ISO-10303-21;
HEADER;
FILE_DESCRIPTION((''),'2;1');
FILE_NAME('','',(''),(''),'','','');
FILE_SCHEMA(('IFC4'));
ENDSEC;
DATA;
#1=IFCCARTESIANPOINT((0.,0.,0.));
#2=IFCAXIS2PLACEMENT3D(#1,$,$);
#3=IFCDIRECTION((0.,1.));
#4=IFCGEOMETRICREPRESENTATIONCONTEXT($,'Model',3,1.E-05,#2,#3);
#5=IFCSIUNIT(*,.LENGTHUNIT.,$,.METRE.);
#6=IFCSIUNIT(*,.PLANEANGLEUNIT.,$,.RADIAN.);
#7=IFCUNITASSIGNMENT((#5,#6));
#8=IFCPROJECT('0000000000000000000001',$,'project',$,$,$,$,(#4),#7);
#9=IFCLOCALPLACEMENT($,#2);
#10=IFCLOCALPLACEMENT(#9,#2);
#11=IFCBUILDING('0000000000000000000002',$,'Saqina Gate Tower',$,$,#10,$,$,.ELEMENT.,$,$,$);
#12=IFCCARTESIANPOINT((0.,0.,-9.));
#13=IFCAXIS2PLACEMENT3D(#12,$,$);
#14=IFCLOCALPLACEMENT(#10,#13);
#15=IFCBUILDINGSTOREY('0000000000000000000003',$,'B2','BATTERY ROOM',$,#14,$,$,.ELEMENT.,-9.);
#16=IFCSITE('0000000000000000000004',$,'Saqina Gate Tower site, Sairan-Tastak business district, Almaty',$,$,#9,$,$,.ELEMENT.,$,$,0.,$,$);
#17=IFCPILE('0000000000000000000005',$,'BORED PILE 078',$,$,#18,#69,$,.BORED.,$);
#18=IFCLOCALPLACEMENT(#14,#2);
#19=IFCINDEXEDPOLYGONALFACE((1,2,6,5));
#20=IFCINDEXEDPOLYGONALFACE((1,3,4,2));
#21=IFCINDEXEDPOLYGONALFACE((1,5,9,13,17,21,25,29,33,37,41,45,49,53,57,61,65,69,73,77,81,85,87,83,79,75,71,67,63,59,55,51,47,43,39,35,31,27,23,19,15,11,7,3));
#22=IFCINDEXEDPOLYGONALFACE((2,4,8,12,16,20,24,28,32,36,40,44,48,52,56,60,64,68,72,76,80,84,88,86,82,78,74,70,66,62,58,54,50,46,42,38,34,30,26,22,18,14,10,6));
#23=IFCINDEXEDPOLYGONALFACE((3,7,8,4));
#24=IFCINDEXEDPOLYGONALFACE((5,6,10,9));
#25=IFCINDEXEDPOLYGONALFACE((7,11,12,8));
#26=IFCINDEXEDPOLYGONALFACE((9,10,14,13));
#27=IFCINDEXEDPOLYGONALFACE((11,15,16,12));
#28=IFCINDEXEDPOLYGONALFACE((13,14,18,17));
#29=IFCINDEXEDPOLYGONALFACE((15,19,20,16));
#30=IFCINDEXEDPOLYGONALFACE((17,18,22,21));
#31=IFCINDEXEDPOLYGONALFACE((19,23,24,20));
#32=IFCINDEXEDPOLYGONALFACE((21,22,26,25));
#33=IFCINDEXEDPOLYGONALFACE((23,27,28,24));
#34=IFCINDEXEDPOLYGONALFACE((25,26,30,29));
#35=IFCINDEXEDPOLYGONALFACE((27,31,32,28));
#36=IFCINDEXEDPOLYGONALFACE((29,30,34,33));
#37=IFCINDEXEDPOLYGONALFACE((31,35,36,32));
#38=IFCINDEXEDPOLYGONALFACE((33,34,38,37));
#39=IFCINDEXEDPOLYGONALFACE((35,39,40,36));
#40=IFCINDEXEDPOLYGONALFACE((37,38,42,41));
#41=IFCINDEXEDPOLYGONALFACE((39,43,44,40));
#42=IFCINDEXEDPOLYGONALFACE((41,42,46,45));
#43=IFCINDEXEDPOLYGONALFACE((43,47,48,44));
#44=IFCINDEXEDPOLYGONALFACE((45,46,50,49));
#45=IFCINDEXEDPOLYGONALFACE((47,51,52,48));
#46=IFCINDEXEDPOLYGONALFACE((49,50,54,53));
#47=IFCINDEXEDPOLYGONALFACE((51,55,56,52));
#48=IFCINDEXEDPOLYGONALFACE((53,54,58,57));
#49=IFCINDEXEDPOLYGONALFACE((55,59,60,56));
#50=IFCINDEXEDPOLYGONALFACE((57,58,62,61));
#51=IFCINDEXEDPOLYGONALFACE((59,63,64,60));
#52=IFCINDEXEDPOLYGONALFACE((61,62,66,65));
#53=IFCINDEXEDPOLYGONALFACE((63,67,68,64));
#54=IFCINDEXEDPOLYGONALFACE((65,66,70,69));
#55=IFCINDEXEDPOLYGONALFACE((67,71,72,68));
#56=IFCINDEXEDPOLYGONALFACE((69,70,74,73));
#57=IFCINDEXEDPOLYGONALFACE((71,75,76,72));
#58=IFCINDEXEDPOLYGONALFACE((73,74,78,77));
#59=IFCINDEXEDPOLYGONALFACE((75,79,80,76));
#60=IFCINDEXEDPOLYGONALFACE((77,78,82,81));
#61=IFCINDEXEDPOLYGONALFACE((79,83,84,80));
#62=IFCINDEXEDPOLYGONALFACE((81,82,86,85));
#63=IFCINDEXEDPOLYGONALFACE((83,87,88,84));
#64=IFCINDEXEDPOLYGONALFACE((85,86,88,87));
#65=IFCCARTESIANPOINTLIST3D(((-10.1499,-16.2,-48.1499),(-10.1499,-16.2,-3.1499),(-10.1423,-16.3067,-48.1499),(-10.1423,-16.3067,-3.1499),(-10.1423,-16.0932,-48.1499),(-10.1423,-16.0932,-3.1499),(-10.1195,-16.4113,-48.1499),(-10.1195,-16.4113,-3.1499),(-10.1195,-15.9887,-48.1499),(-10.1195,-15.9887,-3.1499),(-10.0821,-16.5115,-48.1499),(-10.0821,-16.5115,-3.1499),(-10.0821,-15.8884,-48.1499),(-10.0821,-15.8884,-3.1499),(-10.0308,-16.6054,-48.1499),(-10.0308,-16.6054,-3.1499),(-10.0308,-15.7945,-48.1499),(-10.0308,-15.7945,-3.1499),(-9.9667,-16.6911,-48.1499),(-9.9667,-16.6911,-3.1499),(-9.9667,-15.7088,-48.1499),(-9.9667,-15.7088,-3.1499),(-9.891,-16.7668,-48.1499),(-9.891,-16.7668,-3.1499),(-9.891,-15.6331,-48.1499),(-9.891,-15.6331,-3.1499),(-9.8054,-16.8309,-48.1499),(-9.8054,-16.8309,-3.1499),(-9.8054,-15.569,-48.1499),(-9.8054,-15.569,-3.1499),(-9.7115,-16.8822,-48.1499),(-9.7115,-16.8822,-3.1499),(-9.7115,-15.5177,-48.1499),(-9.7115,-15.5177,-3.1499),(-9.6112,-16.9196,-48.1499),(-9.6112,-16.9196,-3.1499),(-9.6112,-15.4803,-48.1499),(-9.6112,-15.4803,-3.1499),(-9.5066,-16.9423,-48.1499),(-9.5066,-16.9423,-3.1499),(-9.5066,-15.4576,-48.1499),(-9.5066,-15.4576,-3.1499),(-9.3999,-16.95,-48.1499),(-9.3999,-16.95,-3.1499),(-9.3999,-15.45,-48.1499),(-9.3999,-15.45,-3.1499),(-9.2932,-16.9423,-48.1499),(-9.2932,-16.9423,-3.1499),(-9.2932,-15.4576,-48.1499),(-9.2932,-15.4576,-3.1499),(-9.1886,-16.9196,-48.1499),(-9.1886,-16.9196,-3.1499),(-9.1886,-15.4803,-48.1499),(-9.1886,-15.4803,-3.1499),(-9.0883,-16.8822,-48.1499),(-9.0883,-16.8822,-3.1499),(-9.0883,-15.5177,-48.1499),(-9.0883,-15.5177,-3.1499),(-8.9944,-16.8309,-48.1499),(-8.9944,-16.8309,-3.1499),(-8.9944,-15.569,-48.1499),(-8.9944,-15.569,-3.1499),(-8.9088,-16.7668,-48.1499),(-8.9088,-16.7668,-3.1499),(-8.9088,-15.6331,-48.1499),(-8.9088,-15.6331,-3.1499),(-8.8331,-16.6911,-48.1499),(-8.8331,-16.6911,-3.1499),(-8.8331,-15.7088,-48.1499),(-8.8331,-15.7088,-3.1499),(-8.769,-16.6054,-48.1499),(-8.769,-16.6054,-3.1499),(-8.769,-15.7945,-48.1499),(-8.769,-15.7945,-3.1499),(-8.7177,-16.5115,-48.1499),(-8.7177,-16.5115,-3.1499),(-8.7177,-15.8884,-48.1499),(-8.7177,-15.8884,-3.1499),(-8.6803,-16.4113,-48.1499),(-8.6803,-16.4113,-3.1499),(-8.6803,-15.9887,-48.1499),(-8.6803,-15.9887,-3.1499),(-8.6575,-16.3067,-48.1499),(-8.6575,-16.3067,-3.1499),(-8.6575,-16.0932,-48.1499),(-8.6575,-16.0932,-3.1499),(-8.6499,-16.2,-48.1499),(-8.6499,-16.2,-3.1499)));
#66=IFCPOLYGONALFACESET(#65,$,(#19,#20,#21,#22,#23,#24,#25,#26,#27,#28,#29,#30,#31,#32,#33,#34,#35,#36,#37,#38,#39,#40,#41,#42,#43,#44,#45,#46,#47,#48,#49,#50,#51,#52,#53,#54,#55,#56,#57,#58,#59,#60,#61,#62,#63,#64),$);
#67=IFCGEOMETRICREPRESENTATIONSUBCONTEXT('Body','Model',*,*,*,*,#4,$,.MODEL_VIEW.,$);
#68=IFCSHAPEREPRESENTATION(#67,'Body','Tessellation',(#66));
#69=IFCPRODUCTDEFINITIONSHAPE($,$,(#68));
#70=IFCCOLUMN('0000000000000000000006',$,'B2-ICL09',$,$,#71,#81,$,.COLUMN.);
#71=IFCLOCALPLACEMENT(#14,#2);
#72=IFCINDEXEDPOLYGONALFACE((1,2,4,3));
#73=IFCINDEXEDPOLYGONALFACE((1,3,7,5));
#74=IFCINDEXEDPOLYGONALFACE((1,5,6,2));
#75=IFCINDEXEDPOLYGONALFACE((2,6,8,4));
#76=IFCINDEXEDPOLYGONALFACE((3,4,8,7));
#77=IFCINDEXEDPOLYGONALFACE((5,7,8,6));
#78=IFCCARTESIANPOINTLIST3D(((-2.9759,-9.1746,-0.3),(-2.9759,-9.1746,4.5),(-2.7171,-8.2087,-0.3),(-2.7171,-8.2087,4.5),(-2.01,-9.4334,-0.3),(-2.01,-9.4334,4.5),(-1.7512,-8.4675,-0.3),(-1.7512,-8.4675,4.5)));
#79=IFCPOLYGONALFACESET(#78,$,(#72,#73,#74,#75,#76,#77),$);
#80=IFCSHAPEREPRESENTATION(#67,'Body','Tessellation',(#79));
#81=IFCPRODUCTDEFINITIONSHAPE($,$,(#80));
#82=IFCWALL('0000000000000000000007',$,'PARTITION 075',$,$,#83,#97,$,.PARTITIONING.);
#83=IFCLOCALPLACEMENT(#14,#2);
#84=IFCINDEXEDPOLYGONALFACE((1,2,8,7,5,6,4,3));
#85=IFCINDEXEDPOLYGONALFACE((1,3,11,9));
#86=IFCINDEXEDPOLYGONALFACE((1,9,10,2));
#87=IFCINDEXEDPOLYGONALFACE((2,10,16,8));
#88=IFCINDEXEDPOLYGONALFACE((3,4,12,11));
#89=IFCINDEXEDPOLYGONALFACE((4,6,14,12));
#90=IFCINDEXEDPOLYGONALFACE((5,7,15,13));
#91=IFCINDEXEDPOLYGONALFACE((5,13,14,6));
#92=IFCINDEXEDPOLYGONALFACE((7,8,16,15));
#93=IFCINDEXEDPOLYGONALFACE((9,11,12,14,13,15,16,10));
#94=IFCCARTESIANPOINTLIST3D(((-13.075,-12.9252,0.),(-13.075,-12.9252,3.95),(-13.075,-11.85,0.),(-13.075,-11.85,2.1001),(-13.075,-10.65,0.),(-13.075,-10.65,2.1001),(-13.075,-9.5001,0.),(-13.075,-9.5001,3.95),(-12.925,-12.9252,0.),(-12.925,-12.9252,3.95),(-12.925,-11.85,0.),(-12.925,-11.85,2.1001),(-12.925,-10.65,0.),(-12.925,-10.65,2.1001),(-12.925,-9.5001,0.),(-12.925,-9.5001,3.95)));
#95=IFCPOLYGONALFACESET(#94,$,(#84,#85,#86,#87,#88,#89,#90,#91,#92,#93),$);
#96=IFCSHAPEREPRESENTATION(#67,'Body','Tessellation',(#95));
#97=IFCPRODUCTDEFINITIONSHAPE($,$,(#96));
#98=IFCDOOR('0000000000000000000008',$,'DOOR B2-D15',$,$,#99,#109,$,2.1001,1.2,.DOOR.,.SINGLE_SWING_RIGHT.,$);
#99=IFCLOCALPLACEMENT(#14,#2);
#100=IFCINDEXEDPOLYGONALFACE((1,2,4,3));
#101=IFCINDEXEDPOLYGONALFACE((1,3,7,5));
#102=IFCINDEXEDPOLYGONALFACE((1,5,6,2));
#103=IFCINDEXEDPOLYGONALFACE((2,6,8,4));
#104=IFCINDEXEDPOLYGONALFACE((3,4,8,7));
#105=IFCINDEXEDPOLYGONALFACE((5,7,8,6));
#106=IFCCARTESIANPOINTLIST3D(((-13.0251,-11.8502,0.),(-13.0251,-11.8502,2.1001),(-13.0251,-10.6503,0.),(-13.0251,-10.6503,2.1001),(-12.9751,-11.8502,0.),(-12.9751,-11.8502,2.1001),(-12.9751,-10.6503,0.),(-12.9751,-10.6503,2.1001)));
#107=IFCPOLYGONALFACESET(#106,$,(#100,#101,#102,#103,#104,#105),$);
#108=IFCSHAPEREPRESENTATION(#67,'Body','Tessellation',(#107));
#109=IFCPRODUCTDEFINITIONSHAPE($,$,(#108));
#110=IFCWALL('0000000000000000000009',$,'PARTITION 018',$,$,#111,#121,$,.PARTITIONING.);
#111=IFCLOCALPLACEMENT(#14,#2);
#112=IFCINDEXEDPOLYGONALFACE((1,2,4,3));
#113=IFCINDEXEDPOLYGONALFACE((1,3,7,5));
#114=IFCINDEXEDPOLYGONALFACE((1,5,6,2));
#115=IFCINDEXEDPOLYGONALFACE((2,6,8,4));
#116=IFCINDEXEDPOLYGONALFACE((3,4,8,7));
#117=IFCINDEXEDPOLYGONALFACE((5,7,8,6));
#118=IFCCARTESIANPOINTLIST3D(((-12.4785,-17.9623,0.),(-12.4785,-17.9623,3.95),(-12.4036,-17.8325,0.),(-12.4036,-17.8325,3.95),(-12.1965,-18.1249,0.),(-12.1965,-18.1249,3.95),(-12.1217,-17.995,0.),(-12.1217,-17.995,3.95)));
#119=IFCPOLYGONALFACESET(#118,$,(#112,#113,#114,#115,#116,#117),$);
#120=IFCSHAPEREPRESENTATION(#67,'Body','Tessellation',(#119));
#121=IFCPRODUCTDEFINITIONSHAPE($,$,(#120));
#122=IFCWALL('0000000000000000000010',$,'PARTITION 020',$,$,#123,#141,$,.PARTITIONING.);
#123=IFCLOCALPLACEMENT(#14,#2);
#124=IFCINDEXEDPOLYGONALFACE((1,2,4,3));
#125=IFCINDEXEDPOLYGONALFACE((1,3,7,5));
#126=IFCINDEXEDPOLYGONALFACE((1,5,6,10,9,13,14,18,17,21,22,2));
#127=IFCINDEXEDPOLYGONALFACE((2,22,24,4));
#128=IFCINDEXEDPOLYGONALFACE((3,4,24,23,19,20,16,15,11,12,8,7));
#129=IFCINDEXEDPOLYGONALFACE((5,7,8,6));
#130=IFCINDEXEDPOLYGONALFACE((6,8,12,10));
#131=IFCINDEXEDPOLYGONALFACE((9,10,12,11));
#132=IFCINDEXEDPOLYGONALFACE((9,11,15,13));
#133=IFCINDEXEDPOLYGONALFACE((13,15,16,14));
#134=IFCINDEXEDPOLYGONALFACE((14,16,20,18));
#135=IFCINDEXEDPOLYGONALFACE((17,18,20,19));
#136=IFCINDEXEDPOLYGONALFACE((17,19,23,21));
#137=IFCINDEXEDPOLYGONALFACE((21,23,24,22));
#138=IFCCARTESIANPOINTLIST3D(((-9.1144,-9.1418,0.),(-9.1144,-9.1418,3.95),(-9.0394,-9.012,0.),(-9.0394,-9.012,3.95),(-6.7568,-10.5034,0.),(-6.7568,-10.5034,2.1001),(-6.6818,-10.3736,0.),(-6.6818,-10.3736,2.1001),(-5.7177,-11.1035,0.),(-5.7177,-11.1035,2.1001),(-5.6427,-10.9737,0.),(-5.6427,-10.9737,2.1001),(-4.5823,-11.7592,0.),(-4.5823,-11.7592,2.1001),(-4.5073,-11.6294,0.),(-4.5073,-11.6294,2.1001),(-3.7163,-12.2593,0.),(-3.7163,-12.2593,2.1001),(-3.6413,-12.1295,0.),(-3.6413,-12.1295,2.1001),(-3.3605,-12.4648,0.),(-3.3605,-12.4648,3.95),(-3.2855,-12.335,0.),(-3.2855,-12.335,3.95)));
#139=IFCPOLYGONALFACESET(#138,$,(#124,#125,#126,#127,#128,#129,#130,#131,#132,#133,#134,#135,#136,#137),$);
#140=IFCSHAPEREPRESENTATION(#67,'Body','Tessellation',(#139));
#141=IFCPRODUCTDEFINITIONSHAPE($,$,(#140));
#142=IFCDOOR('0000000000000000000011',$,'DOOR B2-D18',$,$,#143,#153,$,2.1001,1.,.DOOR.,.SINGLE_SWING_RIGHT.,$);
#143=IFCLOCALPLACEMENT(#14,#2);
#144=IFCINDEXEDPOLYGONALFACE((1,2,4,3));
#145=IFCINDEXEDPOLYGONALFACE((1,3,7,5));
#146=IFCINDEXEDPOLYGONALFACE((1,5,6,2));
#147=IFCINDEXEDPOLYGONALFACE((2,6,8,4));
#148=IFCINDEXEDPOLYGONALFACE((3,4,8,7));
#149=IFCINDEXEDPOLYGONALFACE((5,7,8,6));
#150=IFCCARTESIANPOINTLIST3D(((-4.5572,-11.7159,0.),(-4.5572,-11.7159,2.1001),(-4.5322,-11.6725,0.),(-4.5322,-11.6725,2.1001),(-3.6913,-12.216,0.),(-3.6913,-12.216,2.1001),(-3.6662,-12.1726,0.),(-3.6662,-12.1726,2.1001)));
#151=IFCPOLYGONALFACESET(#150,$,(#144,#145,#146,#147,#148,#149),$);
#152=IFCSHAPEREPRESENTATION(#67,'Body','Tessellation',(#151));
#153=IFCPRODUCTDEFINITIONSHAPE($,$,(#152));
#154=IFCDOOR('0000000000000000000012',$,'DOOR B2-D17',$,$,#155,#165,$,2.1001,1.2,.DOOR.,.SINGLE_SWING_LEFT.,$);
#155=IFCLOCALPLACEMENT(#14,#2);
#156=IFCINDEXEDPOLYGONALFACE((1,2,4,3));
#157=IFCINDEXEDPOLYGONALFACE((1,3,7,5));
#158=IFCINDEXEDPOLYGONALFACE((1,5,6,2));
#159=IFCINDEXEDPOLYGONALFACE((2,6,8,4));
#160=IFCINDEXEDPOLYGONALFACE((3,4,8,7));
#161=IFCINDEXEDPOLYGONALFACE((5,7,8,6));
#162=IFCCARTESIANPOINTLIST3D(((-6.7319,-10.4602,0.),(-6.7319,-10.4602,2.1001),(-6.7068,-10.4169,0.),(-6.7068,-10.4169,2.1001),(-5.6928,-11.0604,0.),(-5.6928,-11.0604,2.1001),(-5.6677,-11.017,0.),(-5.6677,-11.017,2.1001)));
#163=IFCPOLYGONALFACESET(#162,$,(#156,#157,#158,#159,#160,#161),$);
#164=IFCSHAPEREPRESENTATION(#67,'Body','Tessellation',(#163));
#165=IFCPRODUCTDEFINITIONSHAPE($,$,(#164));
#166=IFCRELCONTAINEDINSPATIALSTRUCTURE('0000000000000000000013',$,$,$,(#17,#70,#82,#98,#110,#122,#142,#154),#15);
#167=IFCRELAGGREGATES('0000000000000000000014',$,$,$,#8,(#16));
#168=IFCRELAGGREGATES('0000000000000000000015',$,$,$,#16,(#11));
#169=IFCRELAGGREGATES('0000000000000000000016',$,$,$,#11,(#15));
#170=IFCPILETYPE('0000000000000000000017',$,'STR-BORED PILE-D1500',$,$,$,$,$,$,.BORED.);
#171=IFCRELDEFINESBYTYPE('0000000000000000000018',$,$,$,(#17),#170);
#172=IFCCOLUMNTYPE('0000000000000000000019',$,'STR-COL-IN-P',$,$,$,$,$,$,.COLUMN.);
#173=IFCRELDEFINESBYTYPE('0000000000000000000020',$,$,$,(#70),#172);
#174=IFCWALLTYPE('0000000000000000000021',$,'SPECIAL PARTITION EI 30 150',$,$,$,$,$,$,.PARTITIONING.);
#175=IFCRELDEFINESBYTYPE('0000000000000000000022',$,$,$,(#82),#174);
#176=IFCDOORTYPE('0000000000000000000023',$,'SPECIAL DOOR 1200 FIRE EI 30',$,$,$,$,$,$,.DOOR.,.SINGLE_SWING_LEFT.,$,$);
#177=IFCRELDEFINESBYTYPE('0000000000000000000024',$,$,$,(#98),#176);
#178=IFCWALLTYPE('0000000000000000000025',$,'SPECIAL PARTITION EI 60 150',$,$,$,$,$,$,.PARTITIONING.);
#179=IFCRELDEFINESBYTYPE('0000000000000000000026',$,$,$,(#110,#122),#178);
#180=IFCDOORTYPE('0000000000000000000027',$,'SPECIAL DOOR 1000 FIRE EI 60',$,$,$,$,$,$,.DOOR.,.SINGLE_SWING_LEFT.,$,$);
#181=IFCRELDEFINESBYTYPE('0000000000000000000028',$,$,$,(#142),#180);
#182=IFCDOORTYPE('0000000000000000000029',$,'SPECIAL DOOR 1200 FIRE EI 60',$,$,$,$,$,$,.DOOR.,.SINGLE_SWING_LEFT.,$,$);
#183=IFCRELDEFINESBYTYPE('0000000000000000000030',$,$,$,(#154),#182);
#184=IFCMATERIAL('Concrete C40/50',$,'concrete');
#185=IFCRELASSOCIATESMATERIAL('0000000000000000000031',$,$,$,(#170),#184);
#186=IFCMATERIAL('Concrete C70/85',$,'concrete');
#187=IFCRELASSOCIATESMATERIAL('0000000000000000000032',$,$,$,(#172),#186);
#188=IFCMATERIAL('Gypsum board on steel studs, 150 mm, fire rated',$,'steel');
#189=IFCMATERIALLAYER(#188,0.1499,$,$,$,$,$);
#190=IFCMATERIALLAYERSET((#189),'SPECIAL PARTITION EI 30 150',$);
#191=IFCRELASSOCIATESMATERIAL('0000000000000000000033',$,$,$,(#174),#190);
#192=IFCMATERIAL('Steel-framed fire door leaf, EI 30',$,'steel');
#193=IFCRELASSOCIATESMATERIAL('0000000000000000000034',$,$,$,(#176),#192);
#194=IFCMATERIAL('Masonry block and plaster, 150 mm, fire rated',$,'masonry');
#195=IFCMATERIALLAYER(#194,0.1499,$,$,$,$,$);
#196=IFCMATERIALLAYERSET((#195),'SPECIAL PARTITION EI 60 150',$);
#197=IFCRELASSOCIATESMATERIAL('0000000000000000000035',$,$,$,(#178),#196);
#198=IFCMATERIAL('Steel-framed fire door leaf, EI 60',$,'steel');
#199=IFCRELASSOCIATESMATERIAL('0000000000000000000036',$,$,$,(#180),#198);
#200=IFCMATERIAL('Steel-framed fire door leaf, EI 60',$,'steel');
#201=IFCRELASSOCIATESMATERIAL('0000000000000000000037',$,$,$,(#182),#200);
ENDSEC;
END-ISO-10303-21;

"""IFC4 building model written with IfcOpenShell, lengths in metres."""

from ifc_helpers import new_model, si_unit, direction, frame, frame_2d, origin, origin_2d, place, context, subcontext, project, spatial, rectangle, circle, extrude, material, layer, layer_set, material_profile, profile_set, type_object, element, fill, save


model = new_model("IFC4")

# Units and contexts
model_context = context("Model", 3, precision=1e-05, world=origin(), true_north=direction((0.0, 1.0)))
body_context = subcontext(model_context, "Body", "Model", "MODEL_VIEW")
ifc_project = project(units=[si_unit("LENGTHUNIT", "METRE"), si_unit("PLANEANGLEUNIT", "RADIAN")], contexts=[model_context])

# Site, building, storey
site_placement = place(None, origin())
site = spatial("IfcSite", under=ifc_project, at=site_placement, Name="Saqina Gate Tower site, Sairan-Tastak business district, Almaty", CompositionType="ELEMENT", RefElevation=0.0)
building_placement = place(site_placement, origin())
building = spatial("IfcBuilding", under=site, at=building_placement, Name="Saqina Gate Tower", CompositionType="ELEMENT")
storey_placement = place(building_placement, frame((0.0, 0.0, -9.0)))
storey = spatial("IfcBuildingStorey", under=building, at=storey_placement, Name="B2", Description="BATTERY ROOM", CompositionType="ELEMENT", Elevation=-9.0)

# Pile
ifc_material_1 = material(Name="Concrete C40/50", Category="concrete")
ifc_material_profile_1 = material_profile(ifc_material_1, circle(Radius=0.75, at=origin_2d()), Name="RC D1500")
ifc_profile_set_1 = profile_set([ifc_material_profile_1], Name="Concrete C40/50")
pile_type = type_object("IfcPileType", Name="STR-BORED PILE-D1500", PredefinedType="BORED", material=ifc_profile_set_1)
for number, where, z_axis, x_axis, name in (
    (1, (-9.3999, -16.2, -3.1499), (0.0, 0.0, -1.0), (1.0, 0.0, 0.0), "BORED PILE 078"),
):
    element("IfcPile", number, at=place(storey_placement, frame(where, z_axis=z_axis, x_axis=x_axis)), inside=storey, type_object=pile_type, Name=name, PredefinedType="BORED", context=body_context, shape_type="SweptSolid", body=[
        extrude(circle(Radius=0.75, at=origin_2d()), origin(), (0.0, 0.0, 1.0), 45.0),
    ])

# Column
ifc_material_2 = material(Name="Concrete C70/85", Category="concrete")
ifc_material_profile_2 = material_profile(ifc_material_2, rectangle(XDim=1.0, YDim=1.0, at=origin_2d()), Name="RC 1000x1000")
ifc_profile_set_2 = profile_set([ifc_material_profile_2], Name="Concrete C70/85")
column_type = type_object("IfcColumnType", Name="STR-COL-IN-P", PredefinedType="COLUMN", material=ifc_profile_set_2)
column_placement = place(storey_placement, frame((-2.3635, -8.821, -0.3), z_axis=(0.0, 0.0, 1.0), x_axis=(-0.258819, -0.965926, 0.0)))
element("IfcColumn", 2, at=column_placement, inside=storey, type_object=column_type, Name="B2-ICL09", PredefinedType="COLUMN", context=body_context, shape_type="SweptSolid", body=[
    extrude(rectangle(XDim=1.0, YDim=1.0, at=origin_2d()), origin(), (0.0, 0.0, 1.0), 4.8),
])

# Wall, opening, door
ifc_material_3 = material(Name="Gypsum board on steel studs, 150 mm, fire rated", Category="steel")
ifc_layer_1 = layer(ifc_material_3, 0.1499)
ifc_layer_set_1 = layer_set([ifc_layer_1], Name="SPECIAL PARTITION EI 30 150")
wall_type_1 = type_object("IfcWallType", Name="SPECIAL PARTITION EI 30 150", PredefinedType="PARTITIONING", material=ifc_layer_set_1)
wall_1_placement = place(storey_placement, frame((-13.0, -12.925, 0.0), z_axis=(0.0, 0.0, 1.0), x_axis=(0.0, 1.0, 0.0)))
wall_1 = element("IfcWall", 3, at=wall_1_placement, inside=storey, type_object=wall_type_1, Name="PARTITION 075", PredefinedType="PARTITIONING", context=body_context, shape_type="SweptSolid", body=[
    extrude(rectangle(XDim=3.425, YDim=0.1499, at=frame_2d((1.7124, 0.0))), origin(), (0.0, 0.0, 1.0), 3.95),
])
opening_1_placement = place(wall_1_placement, frame((1.075, 0.0, 0.0)))
opening_1 = element("IfcOpeningElement", 4, at=opening_1_placement, cuts=wall_1, PredefinedType="OPENING", context=body_context, shape_type="SweptSolid", body=[
    extrude(rectangle(XDim=1.2, YDim=2.1001, at=frame_2d((0.6001, 1.05))), frame((0.0, 0.0869, 0.0), z_axis=(0.0, -1.0, 0.0), x_axis=(1.0, 0.0, 0.0)), (0.0, 0.0, 1.0), 0.1738),
])
ifc_material_4 = material(Name="Steel-framed fire door leaf, EI 30", Category="steel")
door_type_1 = type_object("IfcDoorType", Name="SPECIAL DOOR 1200 FIRE EI 30", OperationType="SINGLE_SWING_LEFT", PredefinedType="DOOR", material=ifc_material_4)
door_1_placement = place(opening_1_placement, frame((1.2, 0.0, 0.0), z_axis=(0.0, 0.0, 1.0), x_axis=(-1.0, 0.0, 0.0)))
door_1 = element("IfcDoor", 5, at=door_1_placement, inside=storey, type_object=door_type_1, Name="DOOR B2-D15", OperationType="SINGLE_SWING_RIGHT", OverallHeight=2.1001, OverallWidth=1.2, PredefinedType="DOOR", context=body_context, shape_type="SweptSolid", body=[
    extrude(rectangle(XDim=1.2, YDim=2.1001, at=frame_2d((0.6001, 1.05))), frame((0.0, 0.0249, 0.0), z_axis=(0.0, -1.0, 0.0), x_axis=(1.0, 0.0, 0.0)), (0.0, 0.0, 1.0), 0.05),
])
fill(opening_1, door_1)

# Wall
ifc_material_5 = material(Name="Masonry block and plaster, 150 mm, fire rated", Category="masonry")
ifc_layer_2 = layer(ifc_material_5, 0.1499)
ifc_layer_set_2 = layer_set([ifc_layer_2], Name="SPECIAL PARTITION EI 60 150")
wall_type_2 = type_object("IfcWallType", Name="SPECIAL PARTITION EI 60 150", PredefinedType="PARTITIONING", material=ifc_layer_set_2)
wall_2_placement = place(storey_placement, frame((-12.4409, -17.8975, 0.0), z_axis=(0.0, 0.0, 1.0), x_axis=(0.866298, -0.499528, 0.0)))
element("IfcWall", 6, at=wall_2_placement, inside=storey, type_object=wall_type_2, Name="PARTITION 018", PredefinedType="PARTITIONING", context=body_context, shape_type="SweptSolid", body=[
    extrude(rectangle(XDim=0.3254, YDim=0.1499, at=frame_2d((0.1626, 0.0))), origin(), (0.0, 0.0, 1.0), 3.95),
])

# Wall, openings, doors
wall_3_placement = place(storey_placement, frame((-9.0769, -9.0769, 0.0), z_axis=(0.0, 0.0, 1.0), x_axis=(0.865962, -0.50011, 0.0)))
wall_3 = element("IfcWall", 7, at=wall_3_placement, inside=storey, type_object=wall_type_2, Name="PARTITION 020", PredefinedType="PARTITIONING", context=body_context, shape_type="SweptSolid", body=[
    extrude(rectangle(XDim=6.6445, YDim=0.1499, at=frame_2d((3.3223, 0.0))), origin(), (0.0, 0.0, 1.0), 3.95),
])
opening_2_placement = place(wall_3_placement, frame((2.7224, 0.0, 0.0)))
opening_2 = element("IfcOpeningElement", 8, at=opening_2_placement, cuts=wall_3, PredefinedType="OPENING", context=body_context, shape_type="SweptSolid", body=[
    extrude(rectangle(XDim=1.2, YDim=2.1001, at=frame_2d((0.6001, 1.05))), frame((0.0, 0.0869, 0.0), z_axis=(0.0, -1.0, 0.0), x_axis=(1.0, 0.0, 0.0)), (0.0, 0.0, 1.0), 0.1738),
])
opening_3_placement = place(wall_3_placement, frame((5.2336, 0.0, 0.0)))
opening_3 = element("IfcOpeningElement", 9, at=opening_3_placement, cuts=wall_3, PredefinedType="OPENING", context=body_context, shape_type="SweptSolid", body=[
    extrude(rectangle(XDim=1.0, YDim=2.1001, at=frame_2d((0.5, 1.05))), frame((0.0, 0.0869, 0.0), z_axis=(0.0, -1.0, 0.0), x_axis=(1.0, 0.0, 0.0)), (0.0, 0.0, 1.0), 0.1738),
])
ifc_material_6 = material(Name="Steel-framed fire door leaf, EI 60", Category="steel")
door_type_2 = type_object("IfcDoorType", Name="SPECIAL DOOR 1000 FIRE EI 60", OperationType="SINGLE_SWING_LEFT", PredefinedType="DOOR", material=ifc_material_6)
door_2_placement = place(opening_3_placement, frame((1.0, 0.0, 0.0), z_axis=(0.0, 0.0, 1.0), x_axis=(-1.0, 0.0, 0.0)))
door_2 = element("IfcDoor", 10, at=door_2_placement, inside=storey, type_object=door_type_2, Name="DOOR B2-D18", OperationType="SINGLE_SWING_RIGHT", OverallHeight=2.1001, OverallWidth=1.0, PredefinedType="DOOR", context=body_context, shape_type="SweptSolid", body=[
    extrude(rectangle(XDim=1.0, YDim=2.1001, at=frame_2d((0.5, 1.05))), frame((0.0, 0.0249, 0.0), z_axis=(0.0, -1.0, 0.0), x_axis=(1.0, 0.0, 0.0)), (0.0, 0.0, 1.0), 0.05),
])
fill(opening_3, door_2)
ifc_material_7 = material(Name="Steel-framed fire door leaf, EI 60", Category="steel")
door_type_3 = type_object("IfcDoorType", Name="SPECIAL DOOR 1200 FIRE EI 60", OperationType="SINGLE_SWING_LEFT", PredefinedType="DOOR", material=ifc_material_7)
door_3_placement = place(opening_2_placement, origin())
door_3 = element("IfcDoor", 11, at=door_3_placement, inside=storey, type_object=door_type_3, Name="DOOR B2-D17", OperationType="SINGLE_SWING_LEFT", OverallHeight=2.1001, OverallWidth=1.2, PredefinedType="DOOR", context=body_context, shape_type="SweptSolid", body=[
    extrude(rectangle(XDim=1.2, YDim=2.1001, at=frame_2d((0.6001, 1.05))), frame((0.0, 0.0249, 0.0), z_axis=(0.0, -1.0, 0.0), x_axis=(1.0, 0.0, 0.0)), (0.0, 0.0, 1.0), 0.05),
])
fill(opening_2, door_3)

save(model, "model.ifc")
